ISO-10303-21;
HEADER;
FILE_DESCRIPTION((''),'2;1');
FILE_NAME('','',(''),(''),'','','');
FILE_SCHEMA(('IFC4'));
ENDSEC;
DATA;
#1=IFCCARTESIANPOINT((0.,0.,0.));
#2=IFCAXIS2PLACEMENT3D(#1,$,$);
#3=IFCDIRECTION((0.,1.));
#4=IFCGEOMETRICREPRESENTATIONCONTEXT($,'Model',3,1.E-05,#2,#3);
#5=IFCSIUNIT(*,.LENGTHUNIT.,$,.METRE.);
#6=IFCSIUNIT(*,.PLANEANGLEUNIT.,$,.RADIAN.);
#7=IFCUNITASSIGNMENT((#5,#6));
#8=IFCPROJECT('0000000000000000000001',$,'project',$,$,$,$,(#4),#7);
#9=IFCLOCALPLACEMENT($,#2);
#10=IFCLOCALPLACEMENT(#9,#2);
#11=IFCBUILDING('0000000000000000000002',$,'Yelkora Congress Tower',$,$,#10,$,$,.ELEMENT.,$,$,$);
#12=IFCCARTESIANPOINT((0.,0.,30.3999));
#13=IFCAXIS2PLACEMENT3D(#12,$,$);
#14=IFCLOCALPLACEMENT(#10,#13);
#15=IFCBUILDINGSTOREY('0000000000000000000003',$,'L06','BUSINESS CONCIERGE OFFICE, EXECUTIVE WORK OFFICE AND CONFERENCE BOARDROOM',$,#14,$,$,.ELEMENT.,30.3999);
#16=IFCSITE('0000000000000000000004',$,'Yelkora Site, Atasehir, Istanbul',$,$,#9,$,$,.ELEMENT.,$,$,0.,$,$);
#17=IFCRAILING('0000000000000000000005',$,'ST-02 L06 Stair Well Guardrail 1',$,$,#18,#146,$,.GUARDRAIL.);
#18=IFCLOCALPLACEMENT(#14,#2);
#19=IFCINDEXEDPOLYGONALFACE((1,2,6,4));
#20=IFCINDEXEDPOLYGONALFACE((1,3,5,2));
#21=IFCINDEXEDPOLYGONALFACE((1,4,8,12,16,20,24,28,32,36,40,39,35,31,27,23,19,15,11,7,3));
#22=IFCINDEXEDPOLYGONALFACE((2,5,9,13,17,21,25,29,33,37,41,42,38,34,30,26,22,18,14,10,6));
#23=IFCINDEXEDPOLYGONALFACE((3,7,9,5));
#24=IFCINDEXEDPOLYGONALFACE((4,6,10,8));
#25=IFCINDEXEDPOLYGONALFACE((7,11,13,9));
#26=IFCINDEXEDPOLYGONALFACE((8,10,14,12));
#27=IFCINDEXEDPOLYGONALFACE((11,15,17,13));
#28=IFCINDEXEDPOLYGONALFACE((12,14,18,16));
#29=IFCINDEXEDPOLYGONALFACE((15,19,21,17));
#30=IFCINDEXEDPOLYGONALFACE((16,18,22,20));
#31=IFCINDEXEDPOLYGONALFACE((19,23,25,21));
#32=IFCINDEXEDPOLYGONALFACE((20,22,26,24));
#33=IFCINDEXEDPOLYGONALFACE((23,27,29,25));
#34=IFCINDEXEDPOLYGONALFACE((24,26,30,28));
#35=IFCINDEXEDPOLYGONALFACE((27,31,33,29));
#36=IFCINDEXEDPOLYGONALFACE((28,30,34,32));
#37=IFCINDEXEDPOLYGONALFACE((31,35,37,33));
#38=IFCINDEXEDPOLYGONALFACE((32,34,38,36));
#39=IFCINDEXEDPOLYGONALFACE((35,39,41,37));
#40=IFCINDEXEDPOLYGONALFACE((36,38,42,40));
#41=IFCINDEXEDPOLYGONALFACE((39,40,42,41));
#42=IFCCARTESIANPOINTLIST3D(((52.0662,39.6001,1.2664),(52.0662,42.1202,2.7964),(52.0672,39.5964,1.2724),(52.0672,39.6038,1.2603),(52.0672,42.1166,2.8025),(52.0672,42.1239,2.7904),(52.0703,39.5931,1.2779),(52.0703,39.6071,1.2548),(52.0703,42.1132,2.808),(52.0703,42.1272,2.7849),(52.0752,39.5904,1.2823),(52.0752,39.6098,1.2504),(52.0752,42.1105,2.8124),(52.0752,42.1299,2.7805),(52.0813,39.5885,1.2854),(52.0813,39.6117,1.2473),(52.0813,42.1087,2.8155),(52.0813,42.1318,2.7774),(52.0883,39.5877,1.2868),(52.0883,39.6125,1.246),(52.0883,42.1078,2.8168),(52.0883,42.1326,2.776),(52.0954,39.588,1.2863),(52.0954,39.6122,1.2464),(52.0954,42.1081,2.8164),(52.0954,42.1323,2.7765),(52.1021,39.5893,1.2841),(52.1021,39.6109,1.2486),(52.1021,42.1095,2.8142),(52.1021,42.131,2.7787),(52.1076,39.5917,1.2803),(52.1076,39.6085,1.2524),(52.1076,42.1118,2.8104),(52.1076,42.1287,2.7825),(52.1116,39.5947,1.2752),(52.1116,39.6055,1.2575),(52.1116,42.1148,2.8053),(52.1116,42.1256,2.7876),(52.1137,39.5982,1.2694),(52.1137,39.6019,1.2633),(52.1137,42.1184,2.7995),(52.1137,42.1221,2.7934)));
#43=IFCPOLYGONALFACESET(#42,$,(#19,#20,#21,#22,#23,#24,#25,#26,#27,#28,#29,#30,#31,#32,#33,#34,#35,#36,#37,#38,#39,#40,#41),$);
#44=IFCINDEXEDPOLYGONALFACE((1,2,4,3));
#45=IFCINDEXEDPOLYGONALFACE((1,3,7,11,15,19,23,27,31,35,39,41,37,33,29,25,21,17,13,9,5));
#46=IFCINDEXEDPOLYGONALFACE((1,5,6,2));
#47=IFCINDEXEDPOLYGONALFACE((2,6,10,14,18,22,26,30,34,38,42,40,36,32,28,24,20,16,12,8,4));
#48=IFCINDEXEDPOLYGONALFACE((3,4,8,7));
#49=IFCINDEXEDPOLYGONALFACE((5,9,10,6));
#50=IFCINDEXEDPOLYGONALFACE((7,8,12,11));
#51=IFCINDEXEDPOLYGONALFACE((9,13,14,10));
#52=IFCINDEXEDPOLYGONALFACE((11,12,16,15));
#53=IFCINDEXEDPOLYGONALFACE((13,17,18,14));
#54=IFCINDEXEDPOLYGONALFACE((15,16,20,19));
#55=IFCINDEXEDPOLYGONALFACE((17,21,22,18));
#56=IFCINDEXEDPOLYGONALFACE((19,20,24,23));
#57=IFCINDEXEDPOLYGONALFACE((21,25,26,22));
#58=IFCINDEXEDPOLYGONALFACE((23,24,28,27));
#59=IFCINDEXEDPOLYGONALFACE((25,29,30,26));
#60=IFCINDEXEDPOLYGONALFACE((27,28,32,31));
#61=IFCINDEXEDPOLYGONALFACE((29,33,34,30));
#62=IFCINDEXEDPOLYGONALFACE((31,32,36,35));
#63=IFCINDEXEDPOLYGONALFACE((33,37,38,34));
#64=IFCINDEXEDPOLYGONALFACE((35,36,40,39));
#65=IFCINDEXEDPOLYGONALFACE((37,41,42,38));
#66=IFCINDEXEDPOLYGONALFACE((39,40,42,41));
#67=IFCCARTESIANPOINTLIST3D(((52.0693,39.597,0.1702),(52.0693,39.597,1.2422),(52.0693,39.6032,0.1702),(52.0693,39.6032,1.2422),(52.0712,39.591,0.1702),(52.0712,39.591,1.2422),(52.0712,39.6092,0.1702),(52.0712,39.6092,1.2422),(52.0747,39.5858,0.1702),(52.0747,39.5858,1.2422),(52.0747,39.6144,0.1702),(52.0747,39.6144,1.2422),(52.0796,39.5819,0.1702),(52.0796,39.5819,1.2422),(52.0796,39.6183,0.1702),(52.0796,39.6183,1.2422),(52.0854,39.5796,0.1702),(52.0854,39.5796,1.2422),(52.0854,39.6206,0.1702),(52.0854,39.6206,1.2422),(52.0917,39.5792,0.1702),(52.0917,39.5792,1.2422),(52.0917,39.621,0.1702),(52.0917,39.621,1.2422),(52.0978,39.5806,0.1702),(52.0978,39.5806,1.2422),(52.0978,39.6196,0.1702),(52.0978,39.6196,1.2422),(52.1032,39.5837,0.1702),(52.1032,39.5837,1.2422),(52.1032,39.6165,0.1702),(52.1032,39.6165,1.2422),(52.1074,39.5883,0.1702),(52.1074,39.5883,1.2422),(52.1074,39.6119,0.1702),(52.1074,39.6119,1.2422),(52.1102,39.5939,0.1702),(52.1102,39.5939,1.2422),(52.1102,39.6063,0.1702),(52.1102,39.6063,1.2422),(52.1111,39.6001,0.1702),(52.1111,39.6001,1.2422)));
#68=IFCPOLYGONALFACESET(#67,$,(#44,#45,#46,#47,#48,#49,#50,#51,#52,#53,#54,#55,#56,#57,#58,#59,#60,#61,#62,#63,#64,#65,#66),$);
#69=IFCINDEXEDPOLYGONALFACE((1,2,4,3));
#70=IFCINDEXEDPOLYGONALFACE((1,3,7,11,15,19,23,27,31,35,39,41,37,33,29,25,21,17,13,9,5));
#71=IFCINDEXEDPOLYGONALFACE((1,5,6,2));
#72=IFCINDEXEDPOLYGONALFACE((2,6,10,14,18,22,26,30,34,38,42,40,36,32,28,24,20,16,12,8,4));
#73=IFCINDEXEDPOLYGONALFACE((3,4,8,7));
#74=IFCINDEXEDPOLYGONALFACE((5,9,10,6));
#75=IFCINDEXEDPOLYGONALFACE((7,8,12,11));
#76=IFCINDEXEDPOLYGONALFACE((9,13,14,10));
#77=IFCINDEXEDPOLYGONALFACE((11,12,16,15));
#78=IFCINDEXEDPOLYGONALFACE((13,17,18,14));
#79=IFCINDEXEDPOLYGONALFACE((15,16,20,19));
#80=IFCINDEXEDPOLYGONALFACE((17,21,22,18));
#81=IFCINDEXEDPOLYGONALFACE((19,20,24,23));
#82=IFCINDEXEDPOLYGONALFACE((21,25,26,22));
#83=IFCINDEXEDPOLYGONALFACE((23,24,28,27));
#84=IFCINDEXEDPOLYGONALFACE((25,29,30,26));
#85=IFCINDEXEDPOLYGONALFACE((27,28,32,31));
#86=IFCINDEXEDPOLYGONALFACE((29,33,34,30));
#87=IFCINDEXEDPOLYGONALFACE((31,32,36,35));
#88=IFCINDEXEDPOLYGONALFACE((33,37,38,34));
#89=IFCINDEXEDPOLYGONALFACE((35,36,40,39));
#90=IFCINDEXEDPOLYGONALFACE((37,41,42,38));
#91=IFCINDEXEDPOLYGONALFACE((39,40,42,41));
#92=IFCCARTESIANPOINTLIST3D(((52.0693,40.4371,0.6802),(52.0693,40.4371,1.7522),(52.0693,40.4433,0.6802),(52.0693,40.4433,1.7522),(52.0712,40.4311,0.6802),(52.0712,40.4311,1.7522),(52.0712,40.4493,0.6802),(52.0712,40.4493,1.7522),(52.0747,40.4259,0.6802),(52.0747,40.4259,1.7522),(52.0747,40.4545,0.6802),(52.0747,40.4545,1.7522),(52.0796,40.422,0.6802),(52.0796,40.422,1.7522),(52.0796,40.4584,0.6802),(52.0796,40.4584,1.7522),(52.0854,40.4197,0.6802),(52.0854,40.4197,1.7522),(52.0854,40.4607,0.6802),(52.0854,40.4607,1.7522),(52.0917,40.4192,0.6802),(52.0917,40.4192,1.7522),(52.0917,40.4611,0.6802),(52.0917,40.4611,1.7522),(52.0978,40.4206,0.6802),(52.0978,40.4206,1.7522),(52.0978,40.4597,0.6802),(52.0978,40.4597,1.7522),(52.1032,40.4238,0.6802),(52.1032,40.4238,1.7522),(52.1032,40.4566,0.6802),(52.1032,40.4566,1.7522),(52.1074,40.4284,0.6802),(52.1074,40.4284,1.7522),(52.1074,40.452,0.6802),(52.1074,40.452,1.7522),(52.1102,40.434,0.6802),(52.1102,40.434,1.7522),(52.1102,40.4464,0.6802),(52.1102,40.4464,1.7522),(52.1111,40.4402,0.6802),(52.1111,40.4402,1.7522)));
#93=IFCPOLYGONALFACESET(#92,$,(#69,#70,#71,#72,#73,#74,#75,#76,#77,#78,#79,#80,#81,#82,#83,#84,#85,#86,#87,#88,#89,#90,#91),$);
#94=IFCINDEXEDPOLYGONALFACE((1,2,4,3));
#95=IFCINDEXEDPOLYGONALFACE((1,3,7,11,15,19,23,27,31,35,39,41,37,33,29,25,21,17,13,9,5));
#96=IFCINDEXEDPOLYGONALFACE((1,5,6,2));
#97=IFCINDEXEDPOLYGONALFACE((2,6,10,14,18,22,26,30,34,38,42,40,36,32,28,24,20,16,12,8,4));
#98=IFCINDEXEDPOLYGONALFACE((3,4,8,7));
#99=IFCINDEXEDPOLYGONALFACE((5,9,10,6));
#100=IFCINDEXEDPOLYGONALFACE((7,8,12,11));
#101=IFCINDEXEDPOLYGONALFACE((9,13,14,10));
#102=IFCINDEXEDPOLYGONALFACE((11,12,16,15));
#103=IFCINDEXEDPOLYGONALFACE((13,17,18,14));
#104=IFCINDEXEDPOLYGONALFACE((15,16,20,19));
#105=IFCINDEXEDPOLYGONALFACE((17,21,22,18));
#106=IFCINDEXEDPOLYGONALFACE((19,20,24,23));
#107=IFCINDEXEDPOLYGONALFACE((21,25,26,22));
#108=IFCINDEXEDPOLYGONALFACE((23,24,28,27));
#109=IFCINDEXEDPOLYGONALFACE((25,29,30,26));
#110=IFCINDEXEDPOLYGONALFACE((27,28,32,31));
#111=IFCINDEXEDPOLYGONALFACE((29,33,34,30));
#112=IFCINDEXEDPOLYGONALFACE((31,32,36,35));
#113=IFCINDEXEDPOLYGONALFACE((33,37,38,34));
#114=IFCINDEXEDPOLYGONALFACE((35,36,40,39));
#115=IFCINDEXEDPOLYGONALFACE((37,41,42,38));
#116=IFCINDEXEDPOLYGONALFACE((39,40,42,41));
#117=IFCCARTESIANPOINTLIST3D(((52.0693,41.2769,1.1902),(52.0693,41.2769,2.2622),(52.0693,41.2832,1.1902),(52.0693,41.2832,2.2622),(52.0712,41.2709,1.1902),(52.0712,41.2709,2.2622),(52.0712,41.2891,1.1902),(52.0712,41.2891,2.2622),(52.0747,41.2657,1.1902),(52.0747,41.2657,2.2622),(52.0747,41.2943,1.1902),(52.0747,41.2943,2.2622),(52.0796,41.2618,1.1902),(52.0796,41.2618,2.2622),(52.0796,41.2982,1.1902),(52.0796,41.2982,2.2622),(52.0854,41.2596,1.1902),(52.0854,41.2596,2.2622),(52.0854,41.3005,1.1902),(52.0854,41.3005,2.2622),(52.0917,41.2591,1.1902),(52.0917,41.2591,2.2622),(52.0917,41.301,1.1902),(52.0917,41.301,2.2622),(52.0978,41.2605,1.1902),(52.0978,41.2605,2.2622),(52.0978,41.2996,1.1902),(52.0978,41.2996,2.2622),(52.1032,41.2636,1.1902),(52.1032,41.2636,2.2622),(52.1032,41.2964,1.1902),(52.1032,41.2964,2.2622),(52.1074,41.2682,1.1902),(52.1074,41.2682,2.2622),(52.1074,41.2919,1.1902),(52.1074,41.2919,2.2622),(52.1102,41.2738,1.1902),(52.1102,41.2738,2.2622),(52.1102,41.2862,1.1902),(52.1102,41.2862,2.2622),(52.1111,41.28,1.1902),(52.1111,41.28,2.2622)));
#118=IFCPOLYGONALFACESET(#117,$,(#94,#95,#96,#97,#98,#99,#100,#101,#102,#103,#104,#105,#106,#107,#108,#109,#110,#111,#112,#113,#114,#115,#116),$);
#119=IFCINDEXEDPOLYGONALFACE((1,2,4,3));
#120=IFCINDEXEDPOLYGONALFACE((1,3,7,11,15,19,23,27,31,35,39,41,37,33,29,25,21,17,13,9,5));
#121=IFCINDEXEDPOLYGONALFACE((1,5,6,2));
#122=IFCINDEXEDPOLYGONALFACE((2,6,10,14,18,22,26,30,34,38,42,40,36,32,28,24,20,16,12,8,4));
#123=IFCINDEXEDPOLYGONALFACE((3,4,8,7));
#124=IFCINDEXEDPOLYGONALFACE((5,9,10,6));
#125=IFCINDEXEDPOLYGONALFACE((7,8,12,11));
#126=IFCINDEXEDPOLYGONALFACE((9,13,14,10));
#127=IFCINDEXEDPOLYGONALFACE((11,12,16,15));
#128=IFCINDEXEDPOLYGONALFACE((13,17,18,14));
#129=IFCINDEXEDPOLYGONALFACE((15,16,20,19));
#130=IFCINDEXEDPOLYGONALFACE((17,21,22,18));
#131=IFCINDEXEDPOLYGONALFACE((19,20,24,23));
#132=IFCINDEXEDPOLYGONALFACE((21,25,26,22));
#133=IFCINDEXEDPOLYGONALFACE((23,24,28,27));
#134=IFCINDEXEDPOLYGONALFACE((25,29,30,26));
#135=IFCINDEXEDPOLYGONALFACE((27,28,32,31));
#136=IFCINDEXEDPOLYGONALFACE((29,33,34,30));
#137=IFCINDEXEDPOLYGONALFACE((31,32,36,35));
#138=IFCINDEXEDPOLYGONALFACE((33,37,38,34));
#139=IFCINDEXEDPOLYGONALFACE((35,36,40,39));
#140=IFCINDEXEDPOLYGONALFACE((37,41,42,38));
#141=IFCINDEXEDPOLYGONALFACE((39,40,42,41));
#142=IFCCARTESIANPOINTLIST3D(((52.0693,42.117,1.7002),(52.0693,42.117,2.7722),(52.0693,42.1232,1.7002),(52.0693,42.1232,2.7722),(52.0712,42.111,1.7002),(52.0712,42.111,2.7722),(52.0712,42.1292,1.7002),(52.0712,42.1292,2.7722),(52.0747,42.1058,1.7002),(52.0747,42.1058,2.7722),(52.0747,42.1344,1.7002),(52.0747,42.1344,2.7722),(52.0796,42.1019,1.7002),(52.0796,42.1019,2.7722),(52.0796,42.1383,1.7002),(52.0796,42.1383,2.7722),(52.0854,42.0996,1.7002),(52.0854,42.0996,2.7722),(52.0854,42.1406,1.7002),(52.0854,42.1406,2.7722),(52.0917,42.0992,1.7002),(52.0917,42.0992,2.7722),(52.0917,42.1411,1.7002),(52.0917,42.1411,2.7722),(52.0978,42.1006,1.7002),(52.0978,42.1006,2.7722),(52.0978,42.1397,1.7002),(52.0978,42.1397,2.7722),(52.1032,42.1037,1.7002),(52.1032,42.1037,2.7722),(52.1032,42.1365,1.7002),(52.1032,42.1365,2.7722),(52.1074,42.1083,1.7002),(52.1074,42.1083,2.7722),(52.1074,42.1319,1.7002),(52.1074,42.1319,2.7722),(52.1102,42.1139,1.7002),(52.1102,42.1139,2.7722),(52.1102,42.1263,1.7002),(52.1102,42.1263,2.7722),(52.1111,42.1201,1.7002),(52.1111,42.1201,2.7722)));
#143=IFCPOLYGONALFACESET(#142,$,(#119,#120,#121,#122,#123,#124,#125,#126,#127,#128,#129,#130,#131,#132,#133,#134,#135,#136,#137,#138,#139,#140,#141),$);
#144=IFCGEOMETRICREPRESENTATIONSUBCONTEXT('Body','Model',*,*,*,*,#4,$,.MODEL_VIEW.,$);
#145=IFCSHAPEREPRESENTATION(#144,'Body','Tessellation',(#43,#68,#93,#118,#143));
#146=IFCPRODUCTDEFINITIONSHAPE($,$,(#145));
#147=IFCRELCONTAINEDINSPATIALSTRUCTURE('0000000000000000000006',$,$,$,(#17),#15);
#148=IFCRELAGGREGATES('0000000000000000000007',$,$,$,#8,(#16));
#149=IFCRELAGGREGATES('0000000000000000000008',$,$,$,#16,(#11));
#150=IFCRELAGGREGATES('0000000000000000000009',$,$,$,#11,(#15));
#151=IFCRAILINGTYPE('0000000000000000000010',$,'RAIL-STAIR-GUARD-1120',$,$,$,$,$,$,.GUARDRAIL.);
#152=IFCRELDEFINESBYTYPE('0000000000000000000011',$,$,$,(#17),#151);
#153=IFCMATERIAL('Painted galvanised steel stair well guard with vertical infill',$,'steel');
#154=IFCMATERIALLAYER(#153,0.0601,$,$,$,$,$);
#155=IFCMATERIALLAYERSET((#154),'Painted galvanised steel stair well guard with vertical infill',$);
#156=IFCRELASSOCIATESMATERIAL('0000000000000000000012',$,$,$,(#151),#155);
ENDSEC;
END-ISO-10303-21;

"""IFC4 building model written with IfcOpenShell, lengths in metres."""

from ifc_helpers import new_model, si_unit, direction, frame, origin, origin_2d, place, context, subcontext, project, spatial, circle, extrude, material, layer, layer_set, type_object, element, save


model = new_model("IFC4")

# Units and contexts
model_context = context("Model", 3, precision=1e-05, world=origin(), true_north=direction((0.0, 1.0)))
body_context = subcontext(model_context, "Body", "Model", "MODEL_VIEW")
ifc_project = project(units=[si_unit("LENGTHUNIT", "METRE"), si_unit("PLANEANGLEUNIT", "RADIAN")], contexts=[model_context])

# Site, building, storey
site_placement = place(None, origin())
site = spatial("IfcSite", under=ifc_project, at=site_placement, Name="Yelkora Site, Atasehir, Istanbul", CompositionType="ELEMENT", RefElevation=0.0)
building_placement = place(site_placement, origin())
building = spatial("IfcBuilding", under=site, at=building_placement, Name="Yelkora Congress Tower", CompositionType="ELEMENT")
storey_placement = place(building_placement, frame((0.0, 0.0, 30.3999)))
storey = spatial("IfcBuildingStorey", under=building, at=storey_placement, Name="L06", Description="BUSINESS CONCIERGE OFFICE, EXECUTIVE WORK OFFICE AND CONFERENCE BOARDROOM", CompositionType="ELEMENT", Elevation=30.3999)

# Railing
ifc_material_1 = material(Name="Painted galvanised steel stair well guard with vertical infill", Category="steel")
ifc_layer_1 = layer(ifc_material_1, 0.0601)
ifc_layer_set_1 = layer_set([ifc_layer_1], Name="Painted galvanised steel stair well guard with vertical infill")
railing_type_1 = type_object("IfcRailingType", Name="RAIL-STAIR-GUARD-1120", PredefinedType="GUARDRAIL", material=ifc_layer_set_1)
railing_1_placement = place(storey_placement, frame((52.0901, 39.6001, 0.1702)))
element("IfcRailing", 1, at=railing_1_placement, inside=storey, type_object=railing_type_1, Name="ST-02 L06 Stair Well Guardrail 1", PredefinedType="GUARDRAIL", context=body_context, shape_type="SweptSolid", body=[
    extrude(circle(Radius=0.0239, at=origin_2d()), frame((0.0, 0.0, 1.0962), z_axis=(0.0, 0.854785, 0.518982), x_axis=(-1.0, 0.0, 0.0)), (0.0, 0.0, 1.0), 2.9482),
    extrude(circle(Radius=0.021, at=origin_2d()), origin(), (0.0, 0.0, 1.0), 1.072),
    extrude(circle(Radius=0.021, at=origin_2d()), frame((0.0, 0.8401, 0.51)), (0.0, 0.0, 1.0), 1.072),
    extrude(circle(Radius=0.021, at=origin_2d()), frame((0.0, 1.6799, 1.02)), (0.0, 0.0, 1.0), 1.072),
    extrude(circle(Radius=0.021, at=origin_2d()), frame((0.0, 2.52, 1.53)), (0.0, 0.0, 1.0), 1.072),
])

save(model, "model.ifc")
